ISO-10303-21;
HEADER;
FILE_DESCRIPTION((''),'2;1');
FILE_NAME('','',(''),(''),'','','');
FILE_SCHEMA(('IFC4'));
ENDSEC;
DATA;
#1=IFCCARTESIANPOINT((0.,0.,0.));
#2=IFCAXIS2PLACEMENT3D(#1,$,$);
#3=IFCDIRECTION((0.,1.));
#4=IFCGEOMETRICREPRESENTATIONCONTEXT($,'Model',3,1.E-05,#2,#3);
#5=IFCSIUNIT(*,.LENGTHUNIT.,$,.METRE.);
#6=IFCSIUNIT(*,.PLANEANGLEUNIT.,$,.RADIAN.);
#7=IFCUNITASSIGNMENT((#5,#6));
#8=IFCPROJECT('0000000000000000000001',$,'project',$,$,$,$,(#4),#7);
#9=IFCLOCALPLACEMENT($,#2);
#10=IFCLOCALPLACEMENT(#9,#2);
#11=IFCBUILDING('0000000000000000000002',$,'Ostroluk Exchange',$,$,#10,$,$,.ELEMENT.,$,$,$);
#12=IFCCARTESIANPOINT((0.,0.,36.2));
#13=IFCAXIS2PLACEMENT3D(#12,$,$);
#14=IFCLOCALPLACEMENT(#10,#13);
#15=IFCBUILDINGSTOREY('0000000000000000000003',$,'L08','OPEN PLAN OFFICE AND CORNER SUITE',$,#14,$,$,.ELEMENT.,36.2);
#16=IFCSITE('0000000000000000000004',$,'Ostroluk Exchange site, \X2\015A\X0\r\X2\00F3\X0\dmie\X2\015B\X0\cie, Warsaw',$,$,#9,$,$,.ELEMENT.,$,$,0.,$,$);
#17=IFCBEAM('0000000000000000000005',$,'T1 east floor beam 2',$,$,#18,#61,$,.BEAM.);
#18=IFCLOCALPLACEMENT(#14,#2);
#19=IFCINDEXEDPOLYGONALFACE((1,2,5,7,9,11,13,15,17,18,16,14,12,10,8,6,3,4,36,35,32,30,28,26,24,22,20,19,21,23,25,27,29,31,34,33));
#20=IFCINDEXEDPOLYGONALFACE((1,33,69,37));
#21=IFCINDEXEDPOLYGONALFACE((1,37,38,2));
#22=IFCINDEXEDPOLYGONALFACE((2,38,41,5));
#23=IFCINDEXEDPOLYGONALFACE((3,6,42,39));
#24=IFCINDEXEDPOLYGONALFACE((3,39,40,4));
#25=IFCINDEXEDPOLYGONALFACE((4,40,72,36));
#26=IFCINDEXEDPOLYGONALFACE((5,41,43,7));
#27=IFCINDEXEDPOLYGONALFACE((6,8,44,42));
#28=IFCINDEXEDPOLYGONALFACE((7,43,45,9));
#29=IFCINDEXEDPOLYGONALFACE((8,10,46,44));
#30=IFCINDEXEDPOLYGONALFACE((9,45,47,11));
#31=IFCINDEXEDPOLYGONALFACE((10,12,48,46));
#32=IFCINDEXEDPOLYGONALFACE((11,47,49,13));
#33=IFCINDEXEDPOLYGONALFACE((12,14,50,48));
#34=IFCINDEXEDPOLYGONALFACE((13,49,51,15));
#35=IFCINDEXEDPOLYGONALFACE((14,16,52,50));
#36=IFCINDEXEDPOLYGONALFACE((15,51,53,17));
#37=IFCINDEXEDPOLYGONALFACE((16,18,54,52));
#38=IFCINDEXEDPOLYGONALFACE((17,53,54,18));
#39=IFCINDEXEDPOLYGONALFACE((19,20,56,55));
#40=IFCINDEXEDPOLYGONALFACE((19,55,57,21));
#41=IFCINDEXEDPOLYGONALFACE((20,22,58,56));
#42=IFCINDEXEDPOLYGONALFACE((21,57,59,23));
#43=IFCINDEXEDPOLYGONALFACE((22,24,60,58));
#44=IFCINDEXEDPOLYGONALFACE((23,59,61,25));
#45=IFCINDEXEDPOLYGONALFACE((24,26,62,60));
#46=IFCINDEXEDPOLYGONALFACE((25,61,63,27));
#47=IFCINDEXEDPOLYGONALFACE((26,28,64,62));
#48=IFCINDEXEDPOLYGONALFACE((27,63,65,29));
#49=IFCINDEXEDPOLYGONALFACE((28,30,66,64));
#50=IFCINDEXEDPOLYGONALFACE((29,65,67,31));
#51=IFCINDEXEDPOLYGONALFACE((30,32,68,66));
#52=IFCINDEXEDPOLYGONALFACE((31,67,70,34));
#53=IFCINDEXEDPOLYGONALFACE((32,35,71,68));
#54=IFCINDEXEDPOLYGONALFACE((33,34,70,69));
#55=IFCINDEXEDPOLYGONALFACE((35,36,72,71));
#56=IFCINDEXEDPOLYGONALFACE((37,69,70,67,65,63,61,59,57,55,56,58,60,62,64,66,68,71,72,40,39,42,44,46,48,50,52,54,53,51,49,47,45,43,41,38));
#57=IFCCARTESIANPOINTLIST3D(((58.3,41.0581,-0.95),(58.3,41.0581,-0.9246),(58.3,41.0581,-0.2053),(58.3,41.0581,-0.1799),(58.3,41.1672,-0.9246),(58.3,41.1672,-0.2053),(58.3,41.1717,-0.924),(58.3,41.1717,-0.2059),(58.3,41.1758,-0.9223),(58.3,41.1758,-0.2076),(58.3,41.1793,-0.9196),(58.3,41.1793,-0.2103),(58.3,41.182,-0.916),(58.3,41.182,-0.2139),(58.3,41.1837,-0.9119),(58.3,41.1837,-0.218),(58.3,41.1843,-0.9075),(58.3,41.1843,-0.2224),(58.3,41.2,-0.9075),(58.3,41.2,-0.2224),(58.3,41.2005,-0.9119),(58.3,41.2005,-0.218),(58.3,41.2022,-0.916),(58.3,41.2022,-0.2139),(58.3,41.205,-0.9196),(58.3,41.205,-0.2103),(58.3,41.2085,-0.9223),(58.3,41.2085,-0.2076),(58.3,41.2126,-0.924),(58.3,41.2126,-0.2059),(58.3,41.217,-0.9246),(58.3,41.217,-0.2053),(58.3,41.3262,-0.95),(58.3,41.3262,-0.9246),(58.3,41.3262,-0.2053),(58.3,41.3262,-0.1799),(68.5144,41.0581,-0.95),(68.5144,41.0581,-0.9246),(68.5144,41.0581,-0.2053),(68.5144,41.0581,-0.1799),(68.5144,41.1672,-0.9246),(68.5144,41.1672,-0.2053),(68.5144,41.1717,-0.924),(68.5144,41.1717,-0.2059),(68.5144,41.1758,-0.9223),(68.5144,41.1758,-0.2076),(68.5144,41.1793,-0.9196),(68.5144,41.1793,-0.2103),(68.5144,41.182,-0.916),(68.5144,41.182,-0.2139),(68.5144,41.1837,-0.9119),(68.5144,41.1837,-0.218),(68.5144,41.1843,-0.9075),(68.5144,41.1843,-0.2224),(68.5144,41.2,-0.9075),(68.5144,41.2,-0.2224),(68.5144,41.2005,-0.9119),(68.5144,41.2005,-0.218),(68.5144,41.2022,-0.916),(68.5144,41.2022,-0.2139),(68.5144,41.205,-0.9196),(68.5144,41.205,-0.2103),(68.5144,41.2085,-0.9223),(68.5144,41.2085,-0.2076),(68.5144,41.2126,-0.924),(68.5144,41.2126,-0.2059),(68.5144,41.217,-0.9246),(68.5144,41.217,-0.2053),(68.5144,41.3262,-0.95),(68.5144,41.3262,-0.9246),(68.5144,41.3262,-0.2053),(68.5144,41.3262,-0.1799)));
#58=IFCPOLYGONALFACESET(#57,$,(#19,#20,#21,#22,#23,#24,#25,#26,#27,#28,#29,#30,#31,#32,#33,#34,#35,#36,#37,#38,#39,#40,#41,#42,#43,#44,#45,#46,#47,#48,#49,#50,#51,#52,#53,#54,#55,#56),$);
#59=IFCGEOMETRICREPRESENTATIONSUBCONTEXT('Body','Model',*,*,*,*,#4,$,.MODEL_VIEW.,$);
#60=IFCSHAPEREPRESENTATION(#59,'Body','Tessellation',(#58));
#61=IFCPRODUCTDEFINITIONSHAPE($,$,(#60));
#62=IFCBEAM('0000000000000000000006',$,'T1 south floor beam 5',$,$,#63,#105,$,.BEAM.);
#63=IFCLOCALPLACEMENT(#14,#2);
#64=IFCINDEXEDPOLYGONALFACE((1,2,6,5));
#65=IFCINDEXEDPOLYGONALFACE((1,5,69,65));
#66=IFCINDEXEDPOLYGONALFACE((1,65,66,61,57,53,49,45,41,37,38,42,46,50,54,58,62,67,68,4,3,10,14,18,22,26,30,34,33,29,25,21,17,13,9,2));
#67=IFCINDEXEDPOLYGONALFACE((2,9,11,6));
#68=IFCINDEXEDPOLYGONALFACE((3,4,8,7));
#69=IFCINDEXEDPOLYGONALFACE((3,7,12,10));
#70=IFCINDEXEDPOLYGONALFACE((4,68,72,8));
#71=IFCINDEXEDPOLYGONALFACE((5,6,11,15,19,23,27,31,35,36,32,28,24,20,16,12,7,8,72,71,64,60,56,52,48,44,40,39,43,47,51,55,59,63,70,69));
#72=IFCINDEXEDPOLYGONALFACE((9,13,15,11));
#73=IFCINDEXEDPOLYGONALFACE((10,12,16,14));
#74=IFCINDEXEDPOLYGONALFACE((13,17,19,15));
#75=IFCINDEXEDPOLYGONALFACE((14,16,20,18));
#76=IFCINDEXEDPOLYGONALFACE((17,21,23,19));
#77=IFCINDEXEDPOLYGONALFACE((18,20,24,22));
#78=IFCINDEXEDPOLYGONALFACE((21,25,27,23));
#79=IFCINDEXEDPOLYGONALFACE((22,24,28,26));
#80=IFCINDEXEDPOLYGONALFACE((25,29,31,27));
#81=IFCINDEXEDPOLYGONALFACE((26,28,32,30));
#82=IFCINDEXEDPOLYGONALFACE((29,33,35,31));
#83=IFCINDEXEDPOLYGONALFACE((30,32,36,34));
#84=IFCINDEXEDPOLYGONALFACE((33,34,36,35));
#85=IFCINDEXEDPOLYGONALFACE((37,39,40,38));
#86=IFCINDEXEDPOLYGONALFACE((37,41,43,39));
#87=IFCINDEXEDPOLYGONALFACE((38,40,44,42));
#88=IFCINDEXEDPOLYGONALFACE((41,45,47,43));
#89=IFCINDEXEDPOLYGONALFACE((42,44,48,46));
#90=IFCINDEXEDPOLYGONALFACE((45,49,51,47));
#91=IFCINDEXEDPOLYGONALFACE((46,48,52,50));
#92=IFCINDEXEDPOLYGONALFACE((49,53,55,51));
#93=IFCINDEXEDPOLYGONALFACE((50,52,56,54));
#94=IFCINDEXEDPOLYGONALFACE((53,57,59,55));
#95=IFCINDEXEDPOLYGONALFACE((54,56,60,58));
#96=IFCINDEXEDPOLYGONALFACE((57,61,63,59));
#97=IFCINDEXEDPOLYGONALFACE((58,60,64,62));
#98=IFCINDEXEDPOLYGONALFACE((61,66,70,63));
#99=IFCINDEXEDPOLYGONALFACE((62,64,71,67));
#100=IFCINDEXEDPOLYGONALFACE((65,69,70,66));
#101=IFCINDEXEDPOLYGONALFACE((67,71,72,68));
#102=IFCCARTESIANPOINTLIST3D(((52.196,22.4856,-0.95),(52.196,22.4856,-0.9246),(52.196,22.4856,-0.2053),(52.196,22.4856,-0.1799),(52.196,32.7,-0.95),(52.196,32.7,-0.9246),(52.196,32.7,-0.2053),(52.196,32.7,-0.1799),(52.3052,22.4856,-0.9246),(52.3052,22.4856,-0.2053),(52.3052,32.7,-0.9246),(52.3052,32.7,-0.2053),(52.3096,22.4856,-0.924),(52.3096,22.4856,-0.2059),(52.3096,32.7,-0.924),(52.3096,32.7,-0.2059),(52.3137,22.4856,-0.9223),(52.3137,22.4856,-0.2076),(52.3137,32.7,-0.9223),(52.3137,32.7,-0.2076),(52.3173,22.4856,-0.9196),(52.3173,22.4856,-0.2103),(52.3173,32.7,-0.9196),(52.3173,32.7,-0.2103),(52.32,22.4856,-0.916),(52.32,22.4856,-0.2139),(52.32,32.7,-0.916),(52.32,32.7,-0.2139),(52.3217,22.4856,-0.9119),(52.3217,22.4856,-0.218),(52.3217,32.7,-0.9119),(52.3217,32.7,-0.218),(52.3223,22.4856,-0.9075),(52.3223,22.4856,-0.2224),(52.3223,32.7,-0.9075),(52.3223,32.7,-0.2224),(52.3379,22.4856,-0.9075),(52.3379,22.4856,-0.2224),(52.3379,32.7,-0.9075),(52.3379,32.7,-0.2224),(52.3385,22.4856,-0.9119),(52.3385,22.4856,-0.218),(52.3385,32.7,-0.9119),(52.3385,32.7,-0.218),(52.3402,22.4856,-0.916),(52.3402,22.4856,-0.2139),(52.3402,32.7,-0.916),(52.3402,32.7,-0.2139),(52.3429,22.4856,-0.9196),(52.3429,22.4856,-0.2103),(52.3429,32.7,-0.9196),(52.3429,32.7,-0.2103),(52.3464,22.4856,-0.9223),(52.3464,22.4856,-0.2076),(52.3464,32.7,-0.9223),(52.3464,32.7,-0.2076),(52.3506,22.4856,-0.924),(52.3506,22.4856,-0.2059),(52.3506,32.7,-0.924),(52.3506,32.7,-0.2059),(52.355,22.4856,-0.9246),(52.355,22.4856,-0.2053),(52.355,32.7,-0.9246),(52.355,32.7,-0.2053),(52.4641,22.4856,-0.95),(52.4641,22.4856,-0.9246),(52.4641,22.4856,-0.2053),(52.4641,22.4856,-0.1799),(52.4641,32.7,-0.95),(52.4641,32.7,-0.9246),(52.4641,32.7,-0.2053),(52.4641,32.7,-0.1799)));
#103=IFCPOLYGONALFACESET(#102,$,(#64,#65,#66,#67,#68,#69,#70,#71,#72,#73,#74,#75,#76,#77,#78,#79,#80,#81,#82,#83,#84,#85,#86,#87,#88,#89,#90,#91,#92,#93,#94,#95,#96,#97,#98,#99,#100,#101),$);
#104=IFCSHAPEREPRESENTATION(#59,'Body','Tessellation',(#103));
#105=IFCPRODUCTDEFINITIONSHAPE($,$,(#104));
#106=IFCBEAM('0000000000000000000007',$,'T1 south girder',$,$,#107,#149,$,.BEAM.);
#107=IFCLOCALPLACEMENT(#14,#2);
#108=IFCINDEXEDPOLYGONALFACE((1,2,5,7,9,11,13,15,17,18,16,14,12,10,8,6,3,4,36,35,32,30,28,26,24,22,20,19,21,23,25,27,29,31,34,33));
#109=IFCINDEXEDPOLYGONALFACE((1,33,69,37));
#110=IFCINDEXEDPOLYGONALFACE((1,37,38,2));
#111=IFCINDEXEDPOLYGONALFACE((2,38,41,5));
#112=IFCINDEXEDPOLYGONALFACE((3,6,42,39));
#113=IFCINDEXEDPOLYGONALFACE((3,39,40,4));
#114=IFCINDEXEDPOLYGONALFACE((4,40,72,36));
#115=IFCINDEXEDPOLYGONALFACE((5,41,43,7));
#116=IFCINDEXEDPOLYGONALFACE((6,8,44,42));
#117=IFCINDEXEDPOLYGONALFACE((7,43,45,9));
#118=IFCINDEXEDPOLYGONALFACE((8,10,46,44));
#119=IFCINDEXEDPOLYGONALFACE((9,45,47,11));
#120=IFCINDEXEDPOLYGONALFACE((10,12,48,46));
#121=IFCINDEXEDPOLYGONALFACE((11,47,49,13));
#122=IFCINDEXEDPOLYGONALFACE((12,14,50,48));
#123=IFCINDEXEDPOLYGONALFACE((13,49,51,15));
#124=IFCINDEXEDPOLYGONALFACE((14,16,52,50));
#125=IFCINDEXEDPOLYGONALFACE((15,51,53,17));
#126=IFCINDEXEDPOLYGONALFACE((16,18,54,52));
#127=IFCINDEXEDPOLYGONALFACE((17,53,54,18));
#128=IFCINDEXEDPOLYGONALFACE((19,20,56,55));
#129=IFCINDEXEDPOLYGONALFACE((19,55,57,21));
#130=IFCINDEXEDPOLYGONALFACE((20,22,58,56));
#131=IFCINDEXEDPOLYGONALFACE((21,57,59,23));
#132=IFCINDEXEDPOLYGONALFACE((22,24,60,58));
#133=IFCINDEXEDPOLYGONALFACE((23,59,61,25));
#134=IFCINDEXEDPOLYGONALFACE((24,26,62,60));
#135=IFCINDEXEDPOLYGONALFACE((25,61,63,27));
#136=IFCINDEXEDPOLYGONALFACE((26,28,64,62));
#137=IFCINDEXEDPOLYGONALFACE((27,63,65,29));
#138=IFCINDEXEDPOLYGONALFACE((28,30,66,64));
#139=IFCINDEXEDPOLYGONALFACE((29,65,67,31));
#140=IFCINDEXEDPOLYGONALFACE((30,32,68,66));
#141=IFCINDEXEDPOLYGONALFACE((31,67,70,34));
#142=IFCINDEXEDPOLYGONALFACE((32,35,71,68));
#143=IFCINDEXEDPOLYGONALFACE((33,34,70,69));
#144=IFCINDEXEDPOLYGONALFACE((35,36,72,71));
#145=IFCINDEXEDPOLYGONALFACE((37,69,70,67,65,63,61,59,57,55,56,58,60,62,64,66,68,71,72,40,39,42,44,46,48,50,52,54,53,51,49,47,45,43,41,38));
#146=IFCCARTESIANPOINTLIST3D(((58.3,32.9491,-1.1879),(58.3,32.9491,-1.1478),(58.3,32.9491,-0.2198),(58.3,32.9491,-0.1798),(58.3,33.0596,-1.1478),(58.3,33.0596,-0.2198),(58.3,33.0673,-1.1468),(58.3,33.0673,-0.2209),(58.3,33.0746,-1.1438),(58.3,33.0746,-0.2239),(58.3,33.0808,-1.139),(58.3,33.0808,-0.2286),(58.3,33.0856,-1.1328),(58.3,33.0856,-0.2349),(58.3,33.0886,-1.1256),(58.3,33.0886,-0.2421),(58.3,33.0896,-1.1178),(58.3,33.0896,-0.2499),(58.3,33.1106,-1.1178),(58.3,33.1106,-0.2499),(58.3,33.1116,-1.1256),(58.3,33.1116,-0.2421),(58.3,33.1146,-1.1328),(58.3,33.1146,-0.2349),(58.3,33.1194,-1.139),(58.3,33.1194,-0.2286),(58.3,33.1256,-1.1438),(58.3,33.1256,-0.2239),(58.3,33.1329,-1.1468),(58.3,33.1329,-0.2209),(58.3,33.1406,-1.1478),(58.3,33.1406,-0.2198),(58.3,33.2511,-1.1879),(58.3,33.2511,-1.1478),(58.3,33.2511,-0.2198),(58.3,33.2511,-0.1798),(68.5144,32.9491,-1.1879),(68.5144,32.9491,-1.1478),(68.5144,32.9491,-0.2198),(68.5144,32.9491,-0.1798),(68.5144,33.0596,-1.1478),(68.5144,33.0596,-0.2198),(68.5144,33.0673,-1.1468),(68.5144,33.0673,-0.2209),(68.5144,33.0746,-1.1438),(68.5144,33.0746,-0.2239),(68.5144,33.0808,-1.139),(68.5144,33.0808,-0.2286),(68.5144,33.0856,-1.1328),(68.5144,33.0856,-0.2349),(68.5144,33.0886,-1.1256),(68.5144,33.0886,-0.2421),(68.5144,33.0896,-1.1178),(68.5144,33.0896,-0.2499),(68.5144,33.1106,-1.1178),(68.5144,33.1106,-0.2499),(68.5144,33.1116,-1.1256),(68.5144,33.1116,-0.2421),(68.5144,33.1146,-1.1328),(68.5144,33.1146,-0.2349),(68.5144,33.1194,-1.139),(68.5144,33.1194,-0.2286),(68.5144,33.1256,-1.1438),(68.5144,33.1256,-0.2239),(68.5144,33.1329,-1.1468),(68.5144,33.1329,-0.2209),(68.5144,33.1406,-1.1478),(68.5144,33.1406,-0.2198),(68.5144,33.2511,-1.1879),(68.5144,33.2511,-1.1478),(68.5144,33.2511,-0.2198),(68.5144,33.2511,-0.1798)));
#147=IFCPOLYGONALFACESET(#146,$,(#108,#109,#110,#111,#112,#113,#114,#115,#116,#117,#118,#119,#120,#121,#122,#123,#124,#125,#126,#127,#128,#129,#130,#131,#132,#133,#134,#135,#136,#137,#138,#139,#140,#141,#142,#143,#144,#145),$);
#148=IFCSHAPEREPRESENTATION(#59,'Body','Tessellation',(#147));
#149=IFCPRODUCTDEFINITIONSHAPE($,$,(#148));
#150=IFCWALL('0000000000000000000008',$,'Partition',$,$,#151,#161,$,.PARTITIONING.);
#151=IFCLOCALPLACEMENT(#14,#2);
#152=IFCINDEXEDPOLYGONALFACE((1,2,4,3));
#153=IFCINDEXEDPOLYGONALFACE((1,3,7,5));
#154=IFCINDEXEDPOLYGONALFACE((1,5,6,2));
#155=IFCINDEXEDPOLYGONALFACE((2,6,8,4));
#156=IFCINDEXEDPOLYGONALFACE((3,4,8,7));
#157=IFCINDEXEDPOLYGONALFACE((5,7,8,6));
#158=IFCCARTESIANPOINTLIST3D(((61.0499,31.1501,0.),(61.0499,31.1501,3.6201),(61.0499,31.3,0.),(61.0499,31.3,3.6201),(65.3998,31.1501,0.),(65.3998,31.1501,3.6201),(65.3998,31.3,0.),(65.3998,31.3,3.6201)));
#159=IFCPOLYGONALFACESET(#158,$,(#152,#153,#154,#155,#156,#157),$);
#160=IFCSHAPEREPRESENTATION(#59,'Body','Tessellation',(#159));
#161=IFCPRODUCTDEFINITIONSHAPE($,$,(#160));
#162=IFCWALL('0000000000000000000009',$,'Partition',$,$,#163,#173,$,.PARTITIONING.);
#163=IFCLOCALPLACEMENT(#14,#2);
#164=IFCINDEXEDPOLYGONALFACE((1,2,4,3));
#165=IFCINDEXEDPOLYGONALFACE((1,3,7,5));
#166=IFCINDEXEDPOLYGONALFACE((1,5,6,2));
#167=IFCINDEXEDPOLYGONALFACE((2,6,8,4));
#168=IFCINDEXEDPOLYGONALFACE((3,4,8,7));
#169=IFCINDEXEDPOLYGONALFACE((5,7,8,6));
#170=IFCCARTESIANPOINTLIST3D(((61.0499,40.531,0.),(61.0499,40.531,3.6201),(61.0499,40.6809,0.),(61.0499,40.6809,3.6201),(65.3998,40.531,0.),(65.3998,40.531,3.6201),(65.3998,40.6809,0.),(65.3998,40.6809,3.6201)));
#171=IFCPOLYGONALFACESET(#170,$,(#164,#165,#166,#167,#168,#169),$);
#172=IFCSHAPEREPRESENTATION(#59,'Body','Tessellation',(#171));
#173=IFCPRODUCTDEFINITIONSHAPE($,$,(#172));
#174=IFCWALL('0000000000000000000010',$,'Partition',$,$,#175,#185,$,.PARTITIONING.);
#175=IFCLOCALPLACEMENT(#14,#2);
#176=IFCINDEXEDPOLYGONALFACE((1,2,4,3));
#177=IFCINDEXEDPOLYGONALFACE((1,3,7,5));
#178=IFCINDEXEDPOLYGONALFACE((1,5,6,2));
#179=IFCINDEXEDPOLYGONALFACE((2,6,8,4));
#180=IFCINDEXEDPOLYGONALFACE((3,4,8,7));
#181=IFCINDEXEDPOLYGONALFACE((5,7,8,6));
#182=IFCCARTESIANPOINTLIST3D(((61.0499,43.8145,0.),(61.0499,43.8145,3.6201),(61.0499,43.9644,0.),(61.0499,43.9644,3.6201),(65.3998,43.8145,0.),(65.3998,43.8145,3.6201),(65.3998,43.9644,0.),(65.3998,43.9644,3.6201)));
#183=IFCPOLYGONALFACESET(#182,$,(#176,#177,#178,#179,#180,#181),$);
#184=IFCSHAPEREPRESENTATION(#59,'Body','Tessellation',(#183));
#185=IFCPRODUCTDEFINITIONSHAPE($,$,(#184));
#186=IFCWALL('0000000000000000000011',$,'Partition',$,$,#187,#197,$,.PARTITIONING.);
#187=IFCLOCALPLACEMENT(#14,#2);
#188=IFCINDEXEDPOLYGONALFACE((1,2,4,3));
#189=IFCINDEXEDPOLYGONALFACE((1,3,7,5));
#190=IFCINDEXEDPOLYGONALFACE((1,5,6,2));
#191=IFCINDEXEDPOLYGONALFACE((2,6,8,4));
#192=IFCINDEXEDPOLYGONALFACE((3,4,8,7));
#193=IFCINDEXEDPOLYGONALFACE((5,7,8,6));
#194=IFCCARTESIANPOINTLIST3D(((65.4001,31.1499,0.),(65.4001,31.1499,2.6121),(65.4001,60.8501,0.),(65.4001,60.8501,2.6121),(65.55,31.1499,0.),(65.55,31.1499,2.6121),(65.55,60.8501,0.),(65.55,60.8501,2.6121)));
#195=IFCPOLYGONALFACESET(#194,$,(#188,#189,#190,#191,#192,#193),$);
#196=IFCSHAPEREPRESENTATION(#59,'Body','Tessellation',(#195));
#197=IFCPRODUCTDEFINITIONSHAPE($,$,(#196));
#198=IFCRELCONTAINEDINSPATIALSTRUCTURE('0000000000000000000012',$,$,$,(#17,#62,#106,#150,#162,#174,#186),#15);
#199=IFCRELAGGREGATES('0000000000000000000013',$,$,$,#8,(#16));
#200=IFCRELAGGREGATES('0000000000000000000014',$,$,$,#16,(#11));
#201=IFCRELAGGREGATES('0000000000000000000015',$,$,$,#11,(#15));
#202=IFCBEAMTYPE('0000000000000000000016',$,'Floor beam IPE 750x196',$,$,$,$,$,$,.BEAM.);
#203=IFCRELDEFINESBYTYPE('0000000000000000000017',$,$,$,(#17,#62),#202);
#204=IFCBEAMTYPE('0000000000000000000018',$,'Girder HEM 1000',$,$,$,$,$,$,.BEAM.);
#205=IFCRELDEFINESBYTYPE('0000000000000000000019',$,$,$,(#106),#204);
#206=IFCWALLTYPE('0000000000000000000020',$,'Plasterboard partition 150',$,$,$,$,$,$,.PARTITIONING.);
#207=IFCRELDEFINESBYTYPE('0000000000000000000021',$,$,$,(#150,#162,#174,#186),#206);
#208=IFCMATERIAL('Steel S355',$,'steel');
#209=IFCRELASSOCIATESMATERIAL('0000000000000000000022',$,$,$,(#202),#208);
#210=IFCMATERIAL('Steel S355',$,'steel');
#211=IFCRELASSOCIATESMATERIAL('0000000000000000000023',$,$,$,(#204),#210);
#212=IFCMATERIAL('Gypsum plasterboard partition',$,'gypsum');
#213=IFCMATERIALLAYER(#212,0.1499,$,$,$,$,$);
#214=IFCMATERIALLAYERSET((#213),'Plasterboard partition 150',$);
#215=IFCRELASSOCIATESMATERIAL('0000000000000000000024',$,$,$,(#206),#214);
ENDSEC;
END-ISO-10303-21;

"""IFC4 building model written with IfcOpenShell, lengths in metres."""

from ifc_helpers import new_model, si_unit, direction, frame, frame_2d, origin, origin_2d, place, context, subcontext, project, spatial, rectangle, i_section, extrude, material, layer, layer_set, material_profile, profile_set, type_object, element, save


model = new_model("IFC4")

# Units and contexts
model_context = context("Model", 3, precision=1e-05, world=origin(), true_north=direction((0.0, 1.0)))
body_context = subcontext(model_context, "Body", "Model", "MODEL_VIEW")
ifc_project = project(units=[si_unit("LENGTHUNIT", "METRE"), si_unit("PLANEANGLEUNIT", "RADIAN")], contexts=[model_context])

# Site, building, storey
site_placement = place(None, origin())
site = spatial("IfcSite", under=ifc_project, at=site_placement, Name="Ostroluk Exchange site, Śródmieście, Warsaw", CompositionType="ELEMENT", RefElevation=0.0)
building_placement = place(site_placement, origin())
building = spatial("IfcBuilding", under=site, at=building_placement, Name="Ostroluk Exchange", CompositionType="ELEMENT")
storey_placement = place(building_placement, frame((0.0, 0.0, 36.2)))
storey = spatial("IfcBuildingStorey", under=building, at=storey_placement, Name="L08", Description="OPEN PLAN OFFICE AND CORNER SUITE", CompositionType="ELEMENT", Elevation=36.2)

# Beams
ifc_material_1 = material(Name="Steel S355", Category="steel")
ifc_material_profile_1 = material_profile(ifc_material_1, i_section(OverallWidth=0.2681, OverallDepth=0.77, WebThickness=0.0156, FlangeThickness=0.0254, FilletRadius=0.0171, at=origin_2d()), Name="IPE 750x196")
ifc_profile_set_1 = profile_set([ifc_material_profile_1], Name="Steel S355")
beam_type_1 = type_object("IfcBeamType", Name="Floor beam IPE 750x196", PredefinedType="BEAM", material=ifc_profile_set_1)
for number, where, z_axis, x_axis, name in (
    (1, (58.3, 41.1921, -0.5649), (1.0, 0.0, 0.0), (0.0, 1.0, 0.0), "T1 east floor beam 2"),
    (2, (52.3301, 32.7, -0.5649), (0.0, -1.0, 0.0), (1.0, 0.0, 0.0), "T1 south floor beam 5"),
):
    element("IfcBeam", number, at=place(storey_placement, frame(where, z_axis=z_axis, x_axis=x_axis)), inside=storey, type_object=beam_type_1, Name=name, PredefinedType="BEAM", context=body_context, shape_type="SweptSolid", body=[
        extrude(i_section(OverallWidth=0.2681, OverallDepth=0.77, WebThickness=0.0156, FlangeThickness=0.0254, FilletRadius=0.0171, at=origin_2d()), origin(), (0.0, 0.0, 1.0), 10.2144),
    ])
ifc_material_2 = material(Name="Steel S355", Category="steel")
ifc_material_profile_2 = material_profile(ifc_material_2, i_section(OverallWidth=0.302, OverallDepth=1.0081, WebThickness=0.021, FlangeThickness=0.04, FilletRadius=0.03, at=origin_2d()), Name="HEM 1000")
ifc_profile_set_2 = profile_set([ifc_material_profile_2], Name="Steel S355")
beam_type_2 = type_object("IfcBeamType", Name="Girder HEM 1000", PredefinedType="BEAM", material=ifc_profile_set_2)
beam_1_placement = place(storey_placement, frame((58.3, 33.1001, -0.6838), z_axis=(1.0, 0.0, 0.0), x_axis=(0.0, 1.0, 0.0)))
element("IfcBeam", 3, at=beam_1_placement, inside=storey, type_object=beam_type_2, Name="T1 south girder", PredefinedType="BEAM", context=body_context, shape_type="SweptSolid", body=[
    extrude(i_section(OverallWidth=0.302, OverallDepth=1.0081, WebThickness=0.021, FlangeThickness=0.04, FilletRadius=0.03, at=origin_2d()), origin(), (0.0, 0.0, 1.0), 10.2144),
])

# Walls
ifc_material_3 = material(Name="Gypsum plasterboard partition", Category="gypsum")
ifc_layer_1 = layer(ifc_material_3, 0.1499)
ifc_layer_set_1 = layer_set([ifc_layer_1], Name="Plasterboard partition 150")
wall_type_1 = type_object("IfcWallType", Name="Plasterboard partition 150", PredefinedType="PARTITIONING", material=ifc_layer_set_1)
for number, where, z_axis, x_axis, name in (
    (4, (61.05, 31.2251, 0.0), (0.0, 0.0, 1.0), (1.0, 0.0, 0.0), "Partition"),
    (5, (61.05, 40.606, 0.0), (0.0, 0.0, 1.0), (1.0, 0.0, 0.0), "Partition"),
    (6, (61.05, 43.8894, 0.0), (0.0, 0.0, 1.0), (1.0, 0.0, 0.0), "Partition"),
):
    element("IfcWall", number, at=place(storey_placement, frame(where, z_axis=z_axis, x_axis=x_axis)), inside=storey, type_object=wall_type_1, Name=name, PredefinedType="PARTITIONING", context=body_context, shape_type="SweptSolid", body=[
        extrude(rectangle(XDim=4.3499, YDim=0.1499, at=frame_2d((2.1748, 0.0))), origin(), (0.0, 0.0, 1.0), 3.6201),
    ])
wall_1_placement = place(storey_placement, frame((65.4751, 31.1499, 0.0), z_axis=(0.0, 0.0, 1.0), x_axis=(0.0, 1.0, 0.0)))
element("IfcWall", 7, at=wall_1_placement, inside=storey, type_object=wall_type_1, Name="Partition", PredefinedType="PARTITIONING", context=body_context, shape_type="SweptSolid", body=[
    extrude(rectangle(XDim=29.7002, YDim=0.1499, at=frame_2d((14.8501, 0.0))), origin(), (0.0, 0.0, 1.0), 2.6121),
])

save(model, "model.ifc")
